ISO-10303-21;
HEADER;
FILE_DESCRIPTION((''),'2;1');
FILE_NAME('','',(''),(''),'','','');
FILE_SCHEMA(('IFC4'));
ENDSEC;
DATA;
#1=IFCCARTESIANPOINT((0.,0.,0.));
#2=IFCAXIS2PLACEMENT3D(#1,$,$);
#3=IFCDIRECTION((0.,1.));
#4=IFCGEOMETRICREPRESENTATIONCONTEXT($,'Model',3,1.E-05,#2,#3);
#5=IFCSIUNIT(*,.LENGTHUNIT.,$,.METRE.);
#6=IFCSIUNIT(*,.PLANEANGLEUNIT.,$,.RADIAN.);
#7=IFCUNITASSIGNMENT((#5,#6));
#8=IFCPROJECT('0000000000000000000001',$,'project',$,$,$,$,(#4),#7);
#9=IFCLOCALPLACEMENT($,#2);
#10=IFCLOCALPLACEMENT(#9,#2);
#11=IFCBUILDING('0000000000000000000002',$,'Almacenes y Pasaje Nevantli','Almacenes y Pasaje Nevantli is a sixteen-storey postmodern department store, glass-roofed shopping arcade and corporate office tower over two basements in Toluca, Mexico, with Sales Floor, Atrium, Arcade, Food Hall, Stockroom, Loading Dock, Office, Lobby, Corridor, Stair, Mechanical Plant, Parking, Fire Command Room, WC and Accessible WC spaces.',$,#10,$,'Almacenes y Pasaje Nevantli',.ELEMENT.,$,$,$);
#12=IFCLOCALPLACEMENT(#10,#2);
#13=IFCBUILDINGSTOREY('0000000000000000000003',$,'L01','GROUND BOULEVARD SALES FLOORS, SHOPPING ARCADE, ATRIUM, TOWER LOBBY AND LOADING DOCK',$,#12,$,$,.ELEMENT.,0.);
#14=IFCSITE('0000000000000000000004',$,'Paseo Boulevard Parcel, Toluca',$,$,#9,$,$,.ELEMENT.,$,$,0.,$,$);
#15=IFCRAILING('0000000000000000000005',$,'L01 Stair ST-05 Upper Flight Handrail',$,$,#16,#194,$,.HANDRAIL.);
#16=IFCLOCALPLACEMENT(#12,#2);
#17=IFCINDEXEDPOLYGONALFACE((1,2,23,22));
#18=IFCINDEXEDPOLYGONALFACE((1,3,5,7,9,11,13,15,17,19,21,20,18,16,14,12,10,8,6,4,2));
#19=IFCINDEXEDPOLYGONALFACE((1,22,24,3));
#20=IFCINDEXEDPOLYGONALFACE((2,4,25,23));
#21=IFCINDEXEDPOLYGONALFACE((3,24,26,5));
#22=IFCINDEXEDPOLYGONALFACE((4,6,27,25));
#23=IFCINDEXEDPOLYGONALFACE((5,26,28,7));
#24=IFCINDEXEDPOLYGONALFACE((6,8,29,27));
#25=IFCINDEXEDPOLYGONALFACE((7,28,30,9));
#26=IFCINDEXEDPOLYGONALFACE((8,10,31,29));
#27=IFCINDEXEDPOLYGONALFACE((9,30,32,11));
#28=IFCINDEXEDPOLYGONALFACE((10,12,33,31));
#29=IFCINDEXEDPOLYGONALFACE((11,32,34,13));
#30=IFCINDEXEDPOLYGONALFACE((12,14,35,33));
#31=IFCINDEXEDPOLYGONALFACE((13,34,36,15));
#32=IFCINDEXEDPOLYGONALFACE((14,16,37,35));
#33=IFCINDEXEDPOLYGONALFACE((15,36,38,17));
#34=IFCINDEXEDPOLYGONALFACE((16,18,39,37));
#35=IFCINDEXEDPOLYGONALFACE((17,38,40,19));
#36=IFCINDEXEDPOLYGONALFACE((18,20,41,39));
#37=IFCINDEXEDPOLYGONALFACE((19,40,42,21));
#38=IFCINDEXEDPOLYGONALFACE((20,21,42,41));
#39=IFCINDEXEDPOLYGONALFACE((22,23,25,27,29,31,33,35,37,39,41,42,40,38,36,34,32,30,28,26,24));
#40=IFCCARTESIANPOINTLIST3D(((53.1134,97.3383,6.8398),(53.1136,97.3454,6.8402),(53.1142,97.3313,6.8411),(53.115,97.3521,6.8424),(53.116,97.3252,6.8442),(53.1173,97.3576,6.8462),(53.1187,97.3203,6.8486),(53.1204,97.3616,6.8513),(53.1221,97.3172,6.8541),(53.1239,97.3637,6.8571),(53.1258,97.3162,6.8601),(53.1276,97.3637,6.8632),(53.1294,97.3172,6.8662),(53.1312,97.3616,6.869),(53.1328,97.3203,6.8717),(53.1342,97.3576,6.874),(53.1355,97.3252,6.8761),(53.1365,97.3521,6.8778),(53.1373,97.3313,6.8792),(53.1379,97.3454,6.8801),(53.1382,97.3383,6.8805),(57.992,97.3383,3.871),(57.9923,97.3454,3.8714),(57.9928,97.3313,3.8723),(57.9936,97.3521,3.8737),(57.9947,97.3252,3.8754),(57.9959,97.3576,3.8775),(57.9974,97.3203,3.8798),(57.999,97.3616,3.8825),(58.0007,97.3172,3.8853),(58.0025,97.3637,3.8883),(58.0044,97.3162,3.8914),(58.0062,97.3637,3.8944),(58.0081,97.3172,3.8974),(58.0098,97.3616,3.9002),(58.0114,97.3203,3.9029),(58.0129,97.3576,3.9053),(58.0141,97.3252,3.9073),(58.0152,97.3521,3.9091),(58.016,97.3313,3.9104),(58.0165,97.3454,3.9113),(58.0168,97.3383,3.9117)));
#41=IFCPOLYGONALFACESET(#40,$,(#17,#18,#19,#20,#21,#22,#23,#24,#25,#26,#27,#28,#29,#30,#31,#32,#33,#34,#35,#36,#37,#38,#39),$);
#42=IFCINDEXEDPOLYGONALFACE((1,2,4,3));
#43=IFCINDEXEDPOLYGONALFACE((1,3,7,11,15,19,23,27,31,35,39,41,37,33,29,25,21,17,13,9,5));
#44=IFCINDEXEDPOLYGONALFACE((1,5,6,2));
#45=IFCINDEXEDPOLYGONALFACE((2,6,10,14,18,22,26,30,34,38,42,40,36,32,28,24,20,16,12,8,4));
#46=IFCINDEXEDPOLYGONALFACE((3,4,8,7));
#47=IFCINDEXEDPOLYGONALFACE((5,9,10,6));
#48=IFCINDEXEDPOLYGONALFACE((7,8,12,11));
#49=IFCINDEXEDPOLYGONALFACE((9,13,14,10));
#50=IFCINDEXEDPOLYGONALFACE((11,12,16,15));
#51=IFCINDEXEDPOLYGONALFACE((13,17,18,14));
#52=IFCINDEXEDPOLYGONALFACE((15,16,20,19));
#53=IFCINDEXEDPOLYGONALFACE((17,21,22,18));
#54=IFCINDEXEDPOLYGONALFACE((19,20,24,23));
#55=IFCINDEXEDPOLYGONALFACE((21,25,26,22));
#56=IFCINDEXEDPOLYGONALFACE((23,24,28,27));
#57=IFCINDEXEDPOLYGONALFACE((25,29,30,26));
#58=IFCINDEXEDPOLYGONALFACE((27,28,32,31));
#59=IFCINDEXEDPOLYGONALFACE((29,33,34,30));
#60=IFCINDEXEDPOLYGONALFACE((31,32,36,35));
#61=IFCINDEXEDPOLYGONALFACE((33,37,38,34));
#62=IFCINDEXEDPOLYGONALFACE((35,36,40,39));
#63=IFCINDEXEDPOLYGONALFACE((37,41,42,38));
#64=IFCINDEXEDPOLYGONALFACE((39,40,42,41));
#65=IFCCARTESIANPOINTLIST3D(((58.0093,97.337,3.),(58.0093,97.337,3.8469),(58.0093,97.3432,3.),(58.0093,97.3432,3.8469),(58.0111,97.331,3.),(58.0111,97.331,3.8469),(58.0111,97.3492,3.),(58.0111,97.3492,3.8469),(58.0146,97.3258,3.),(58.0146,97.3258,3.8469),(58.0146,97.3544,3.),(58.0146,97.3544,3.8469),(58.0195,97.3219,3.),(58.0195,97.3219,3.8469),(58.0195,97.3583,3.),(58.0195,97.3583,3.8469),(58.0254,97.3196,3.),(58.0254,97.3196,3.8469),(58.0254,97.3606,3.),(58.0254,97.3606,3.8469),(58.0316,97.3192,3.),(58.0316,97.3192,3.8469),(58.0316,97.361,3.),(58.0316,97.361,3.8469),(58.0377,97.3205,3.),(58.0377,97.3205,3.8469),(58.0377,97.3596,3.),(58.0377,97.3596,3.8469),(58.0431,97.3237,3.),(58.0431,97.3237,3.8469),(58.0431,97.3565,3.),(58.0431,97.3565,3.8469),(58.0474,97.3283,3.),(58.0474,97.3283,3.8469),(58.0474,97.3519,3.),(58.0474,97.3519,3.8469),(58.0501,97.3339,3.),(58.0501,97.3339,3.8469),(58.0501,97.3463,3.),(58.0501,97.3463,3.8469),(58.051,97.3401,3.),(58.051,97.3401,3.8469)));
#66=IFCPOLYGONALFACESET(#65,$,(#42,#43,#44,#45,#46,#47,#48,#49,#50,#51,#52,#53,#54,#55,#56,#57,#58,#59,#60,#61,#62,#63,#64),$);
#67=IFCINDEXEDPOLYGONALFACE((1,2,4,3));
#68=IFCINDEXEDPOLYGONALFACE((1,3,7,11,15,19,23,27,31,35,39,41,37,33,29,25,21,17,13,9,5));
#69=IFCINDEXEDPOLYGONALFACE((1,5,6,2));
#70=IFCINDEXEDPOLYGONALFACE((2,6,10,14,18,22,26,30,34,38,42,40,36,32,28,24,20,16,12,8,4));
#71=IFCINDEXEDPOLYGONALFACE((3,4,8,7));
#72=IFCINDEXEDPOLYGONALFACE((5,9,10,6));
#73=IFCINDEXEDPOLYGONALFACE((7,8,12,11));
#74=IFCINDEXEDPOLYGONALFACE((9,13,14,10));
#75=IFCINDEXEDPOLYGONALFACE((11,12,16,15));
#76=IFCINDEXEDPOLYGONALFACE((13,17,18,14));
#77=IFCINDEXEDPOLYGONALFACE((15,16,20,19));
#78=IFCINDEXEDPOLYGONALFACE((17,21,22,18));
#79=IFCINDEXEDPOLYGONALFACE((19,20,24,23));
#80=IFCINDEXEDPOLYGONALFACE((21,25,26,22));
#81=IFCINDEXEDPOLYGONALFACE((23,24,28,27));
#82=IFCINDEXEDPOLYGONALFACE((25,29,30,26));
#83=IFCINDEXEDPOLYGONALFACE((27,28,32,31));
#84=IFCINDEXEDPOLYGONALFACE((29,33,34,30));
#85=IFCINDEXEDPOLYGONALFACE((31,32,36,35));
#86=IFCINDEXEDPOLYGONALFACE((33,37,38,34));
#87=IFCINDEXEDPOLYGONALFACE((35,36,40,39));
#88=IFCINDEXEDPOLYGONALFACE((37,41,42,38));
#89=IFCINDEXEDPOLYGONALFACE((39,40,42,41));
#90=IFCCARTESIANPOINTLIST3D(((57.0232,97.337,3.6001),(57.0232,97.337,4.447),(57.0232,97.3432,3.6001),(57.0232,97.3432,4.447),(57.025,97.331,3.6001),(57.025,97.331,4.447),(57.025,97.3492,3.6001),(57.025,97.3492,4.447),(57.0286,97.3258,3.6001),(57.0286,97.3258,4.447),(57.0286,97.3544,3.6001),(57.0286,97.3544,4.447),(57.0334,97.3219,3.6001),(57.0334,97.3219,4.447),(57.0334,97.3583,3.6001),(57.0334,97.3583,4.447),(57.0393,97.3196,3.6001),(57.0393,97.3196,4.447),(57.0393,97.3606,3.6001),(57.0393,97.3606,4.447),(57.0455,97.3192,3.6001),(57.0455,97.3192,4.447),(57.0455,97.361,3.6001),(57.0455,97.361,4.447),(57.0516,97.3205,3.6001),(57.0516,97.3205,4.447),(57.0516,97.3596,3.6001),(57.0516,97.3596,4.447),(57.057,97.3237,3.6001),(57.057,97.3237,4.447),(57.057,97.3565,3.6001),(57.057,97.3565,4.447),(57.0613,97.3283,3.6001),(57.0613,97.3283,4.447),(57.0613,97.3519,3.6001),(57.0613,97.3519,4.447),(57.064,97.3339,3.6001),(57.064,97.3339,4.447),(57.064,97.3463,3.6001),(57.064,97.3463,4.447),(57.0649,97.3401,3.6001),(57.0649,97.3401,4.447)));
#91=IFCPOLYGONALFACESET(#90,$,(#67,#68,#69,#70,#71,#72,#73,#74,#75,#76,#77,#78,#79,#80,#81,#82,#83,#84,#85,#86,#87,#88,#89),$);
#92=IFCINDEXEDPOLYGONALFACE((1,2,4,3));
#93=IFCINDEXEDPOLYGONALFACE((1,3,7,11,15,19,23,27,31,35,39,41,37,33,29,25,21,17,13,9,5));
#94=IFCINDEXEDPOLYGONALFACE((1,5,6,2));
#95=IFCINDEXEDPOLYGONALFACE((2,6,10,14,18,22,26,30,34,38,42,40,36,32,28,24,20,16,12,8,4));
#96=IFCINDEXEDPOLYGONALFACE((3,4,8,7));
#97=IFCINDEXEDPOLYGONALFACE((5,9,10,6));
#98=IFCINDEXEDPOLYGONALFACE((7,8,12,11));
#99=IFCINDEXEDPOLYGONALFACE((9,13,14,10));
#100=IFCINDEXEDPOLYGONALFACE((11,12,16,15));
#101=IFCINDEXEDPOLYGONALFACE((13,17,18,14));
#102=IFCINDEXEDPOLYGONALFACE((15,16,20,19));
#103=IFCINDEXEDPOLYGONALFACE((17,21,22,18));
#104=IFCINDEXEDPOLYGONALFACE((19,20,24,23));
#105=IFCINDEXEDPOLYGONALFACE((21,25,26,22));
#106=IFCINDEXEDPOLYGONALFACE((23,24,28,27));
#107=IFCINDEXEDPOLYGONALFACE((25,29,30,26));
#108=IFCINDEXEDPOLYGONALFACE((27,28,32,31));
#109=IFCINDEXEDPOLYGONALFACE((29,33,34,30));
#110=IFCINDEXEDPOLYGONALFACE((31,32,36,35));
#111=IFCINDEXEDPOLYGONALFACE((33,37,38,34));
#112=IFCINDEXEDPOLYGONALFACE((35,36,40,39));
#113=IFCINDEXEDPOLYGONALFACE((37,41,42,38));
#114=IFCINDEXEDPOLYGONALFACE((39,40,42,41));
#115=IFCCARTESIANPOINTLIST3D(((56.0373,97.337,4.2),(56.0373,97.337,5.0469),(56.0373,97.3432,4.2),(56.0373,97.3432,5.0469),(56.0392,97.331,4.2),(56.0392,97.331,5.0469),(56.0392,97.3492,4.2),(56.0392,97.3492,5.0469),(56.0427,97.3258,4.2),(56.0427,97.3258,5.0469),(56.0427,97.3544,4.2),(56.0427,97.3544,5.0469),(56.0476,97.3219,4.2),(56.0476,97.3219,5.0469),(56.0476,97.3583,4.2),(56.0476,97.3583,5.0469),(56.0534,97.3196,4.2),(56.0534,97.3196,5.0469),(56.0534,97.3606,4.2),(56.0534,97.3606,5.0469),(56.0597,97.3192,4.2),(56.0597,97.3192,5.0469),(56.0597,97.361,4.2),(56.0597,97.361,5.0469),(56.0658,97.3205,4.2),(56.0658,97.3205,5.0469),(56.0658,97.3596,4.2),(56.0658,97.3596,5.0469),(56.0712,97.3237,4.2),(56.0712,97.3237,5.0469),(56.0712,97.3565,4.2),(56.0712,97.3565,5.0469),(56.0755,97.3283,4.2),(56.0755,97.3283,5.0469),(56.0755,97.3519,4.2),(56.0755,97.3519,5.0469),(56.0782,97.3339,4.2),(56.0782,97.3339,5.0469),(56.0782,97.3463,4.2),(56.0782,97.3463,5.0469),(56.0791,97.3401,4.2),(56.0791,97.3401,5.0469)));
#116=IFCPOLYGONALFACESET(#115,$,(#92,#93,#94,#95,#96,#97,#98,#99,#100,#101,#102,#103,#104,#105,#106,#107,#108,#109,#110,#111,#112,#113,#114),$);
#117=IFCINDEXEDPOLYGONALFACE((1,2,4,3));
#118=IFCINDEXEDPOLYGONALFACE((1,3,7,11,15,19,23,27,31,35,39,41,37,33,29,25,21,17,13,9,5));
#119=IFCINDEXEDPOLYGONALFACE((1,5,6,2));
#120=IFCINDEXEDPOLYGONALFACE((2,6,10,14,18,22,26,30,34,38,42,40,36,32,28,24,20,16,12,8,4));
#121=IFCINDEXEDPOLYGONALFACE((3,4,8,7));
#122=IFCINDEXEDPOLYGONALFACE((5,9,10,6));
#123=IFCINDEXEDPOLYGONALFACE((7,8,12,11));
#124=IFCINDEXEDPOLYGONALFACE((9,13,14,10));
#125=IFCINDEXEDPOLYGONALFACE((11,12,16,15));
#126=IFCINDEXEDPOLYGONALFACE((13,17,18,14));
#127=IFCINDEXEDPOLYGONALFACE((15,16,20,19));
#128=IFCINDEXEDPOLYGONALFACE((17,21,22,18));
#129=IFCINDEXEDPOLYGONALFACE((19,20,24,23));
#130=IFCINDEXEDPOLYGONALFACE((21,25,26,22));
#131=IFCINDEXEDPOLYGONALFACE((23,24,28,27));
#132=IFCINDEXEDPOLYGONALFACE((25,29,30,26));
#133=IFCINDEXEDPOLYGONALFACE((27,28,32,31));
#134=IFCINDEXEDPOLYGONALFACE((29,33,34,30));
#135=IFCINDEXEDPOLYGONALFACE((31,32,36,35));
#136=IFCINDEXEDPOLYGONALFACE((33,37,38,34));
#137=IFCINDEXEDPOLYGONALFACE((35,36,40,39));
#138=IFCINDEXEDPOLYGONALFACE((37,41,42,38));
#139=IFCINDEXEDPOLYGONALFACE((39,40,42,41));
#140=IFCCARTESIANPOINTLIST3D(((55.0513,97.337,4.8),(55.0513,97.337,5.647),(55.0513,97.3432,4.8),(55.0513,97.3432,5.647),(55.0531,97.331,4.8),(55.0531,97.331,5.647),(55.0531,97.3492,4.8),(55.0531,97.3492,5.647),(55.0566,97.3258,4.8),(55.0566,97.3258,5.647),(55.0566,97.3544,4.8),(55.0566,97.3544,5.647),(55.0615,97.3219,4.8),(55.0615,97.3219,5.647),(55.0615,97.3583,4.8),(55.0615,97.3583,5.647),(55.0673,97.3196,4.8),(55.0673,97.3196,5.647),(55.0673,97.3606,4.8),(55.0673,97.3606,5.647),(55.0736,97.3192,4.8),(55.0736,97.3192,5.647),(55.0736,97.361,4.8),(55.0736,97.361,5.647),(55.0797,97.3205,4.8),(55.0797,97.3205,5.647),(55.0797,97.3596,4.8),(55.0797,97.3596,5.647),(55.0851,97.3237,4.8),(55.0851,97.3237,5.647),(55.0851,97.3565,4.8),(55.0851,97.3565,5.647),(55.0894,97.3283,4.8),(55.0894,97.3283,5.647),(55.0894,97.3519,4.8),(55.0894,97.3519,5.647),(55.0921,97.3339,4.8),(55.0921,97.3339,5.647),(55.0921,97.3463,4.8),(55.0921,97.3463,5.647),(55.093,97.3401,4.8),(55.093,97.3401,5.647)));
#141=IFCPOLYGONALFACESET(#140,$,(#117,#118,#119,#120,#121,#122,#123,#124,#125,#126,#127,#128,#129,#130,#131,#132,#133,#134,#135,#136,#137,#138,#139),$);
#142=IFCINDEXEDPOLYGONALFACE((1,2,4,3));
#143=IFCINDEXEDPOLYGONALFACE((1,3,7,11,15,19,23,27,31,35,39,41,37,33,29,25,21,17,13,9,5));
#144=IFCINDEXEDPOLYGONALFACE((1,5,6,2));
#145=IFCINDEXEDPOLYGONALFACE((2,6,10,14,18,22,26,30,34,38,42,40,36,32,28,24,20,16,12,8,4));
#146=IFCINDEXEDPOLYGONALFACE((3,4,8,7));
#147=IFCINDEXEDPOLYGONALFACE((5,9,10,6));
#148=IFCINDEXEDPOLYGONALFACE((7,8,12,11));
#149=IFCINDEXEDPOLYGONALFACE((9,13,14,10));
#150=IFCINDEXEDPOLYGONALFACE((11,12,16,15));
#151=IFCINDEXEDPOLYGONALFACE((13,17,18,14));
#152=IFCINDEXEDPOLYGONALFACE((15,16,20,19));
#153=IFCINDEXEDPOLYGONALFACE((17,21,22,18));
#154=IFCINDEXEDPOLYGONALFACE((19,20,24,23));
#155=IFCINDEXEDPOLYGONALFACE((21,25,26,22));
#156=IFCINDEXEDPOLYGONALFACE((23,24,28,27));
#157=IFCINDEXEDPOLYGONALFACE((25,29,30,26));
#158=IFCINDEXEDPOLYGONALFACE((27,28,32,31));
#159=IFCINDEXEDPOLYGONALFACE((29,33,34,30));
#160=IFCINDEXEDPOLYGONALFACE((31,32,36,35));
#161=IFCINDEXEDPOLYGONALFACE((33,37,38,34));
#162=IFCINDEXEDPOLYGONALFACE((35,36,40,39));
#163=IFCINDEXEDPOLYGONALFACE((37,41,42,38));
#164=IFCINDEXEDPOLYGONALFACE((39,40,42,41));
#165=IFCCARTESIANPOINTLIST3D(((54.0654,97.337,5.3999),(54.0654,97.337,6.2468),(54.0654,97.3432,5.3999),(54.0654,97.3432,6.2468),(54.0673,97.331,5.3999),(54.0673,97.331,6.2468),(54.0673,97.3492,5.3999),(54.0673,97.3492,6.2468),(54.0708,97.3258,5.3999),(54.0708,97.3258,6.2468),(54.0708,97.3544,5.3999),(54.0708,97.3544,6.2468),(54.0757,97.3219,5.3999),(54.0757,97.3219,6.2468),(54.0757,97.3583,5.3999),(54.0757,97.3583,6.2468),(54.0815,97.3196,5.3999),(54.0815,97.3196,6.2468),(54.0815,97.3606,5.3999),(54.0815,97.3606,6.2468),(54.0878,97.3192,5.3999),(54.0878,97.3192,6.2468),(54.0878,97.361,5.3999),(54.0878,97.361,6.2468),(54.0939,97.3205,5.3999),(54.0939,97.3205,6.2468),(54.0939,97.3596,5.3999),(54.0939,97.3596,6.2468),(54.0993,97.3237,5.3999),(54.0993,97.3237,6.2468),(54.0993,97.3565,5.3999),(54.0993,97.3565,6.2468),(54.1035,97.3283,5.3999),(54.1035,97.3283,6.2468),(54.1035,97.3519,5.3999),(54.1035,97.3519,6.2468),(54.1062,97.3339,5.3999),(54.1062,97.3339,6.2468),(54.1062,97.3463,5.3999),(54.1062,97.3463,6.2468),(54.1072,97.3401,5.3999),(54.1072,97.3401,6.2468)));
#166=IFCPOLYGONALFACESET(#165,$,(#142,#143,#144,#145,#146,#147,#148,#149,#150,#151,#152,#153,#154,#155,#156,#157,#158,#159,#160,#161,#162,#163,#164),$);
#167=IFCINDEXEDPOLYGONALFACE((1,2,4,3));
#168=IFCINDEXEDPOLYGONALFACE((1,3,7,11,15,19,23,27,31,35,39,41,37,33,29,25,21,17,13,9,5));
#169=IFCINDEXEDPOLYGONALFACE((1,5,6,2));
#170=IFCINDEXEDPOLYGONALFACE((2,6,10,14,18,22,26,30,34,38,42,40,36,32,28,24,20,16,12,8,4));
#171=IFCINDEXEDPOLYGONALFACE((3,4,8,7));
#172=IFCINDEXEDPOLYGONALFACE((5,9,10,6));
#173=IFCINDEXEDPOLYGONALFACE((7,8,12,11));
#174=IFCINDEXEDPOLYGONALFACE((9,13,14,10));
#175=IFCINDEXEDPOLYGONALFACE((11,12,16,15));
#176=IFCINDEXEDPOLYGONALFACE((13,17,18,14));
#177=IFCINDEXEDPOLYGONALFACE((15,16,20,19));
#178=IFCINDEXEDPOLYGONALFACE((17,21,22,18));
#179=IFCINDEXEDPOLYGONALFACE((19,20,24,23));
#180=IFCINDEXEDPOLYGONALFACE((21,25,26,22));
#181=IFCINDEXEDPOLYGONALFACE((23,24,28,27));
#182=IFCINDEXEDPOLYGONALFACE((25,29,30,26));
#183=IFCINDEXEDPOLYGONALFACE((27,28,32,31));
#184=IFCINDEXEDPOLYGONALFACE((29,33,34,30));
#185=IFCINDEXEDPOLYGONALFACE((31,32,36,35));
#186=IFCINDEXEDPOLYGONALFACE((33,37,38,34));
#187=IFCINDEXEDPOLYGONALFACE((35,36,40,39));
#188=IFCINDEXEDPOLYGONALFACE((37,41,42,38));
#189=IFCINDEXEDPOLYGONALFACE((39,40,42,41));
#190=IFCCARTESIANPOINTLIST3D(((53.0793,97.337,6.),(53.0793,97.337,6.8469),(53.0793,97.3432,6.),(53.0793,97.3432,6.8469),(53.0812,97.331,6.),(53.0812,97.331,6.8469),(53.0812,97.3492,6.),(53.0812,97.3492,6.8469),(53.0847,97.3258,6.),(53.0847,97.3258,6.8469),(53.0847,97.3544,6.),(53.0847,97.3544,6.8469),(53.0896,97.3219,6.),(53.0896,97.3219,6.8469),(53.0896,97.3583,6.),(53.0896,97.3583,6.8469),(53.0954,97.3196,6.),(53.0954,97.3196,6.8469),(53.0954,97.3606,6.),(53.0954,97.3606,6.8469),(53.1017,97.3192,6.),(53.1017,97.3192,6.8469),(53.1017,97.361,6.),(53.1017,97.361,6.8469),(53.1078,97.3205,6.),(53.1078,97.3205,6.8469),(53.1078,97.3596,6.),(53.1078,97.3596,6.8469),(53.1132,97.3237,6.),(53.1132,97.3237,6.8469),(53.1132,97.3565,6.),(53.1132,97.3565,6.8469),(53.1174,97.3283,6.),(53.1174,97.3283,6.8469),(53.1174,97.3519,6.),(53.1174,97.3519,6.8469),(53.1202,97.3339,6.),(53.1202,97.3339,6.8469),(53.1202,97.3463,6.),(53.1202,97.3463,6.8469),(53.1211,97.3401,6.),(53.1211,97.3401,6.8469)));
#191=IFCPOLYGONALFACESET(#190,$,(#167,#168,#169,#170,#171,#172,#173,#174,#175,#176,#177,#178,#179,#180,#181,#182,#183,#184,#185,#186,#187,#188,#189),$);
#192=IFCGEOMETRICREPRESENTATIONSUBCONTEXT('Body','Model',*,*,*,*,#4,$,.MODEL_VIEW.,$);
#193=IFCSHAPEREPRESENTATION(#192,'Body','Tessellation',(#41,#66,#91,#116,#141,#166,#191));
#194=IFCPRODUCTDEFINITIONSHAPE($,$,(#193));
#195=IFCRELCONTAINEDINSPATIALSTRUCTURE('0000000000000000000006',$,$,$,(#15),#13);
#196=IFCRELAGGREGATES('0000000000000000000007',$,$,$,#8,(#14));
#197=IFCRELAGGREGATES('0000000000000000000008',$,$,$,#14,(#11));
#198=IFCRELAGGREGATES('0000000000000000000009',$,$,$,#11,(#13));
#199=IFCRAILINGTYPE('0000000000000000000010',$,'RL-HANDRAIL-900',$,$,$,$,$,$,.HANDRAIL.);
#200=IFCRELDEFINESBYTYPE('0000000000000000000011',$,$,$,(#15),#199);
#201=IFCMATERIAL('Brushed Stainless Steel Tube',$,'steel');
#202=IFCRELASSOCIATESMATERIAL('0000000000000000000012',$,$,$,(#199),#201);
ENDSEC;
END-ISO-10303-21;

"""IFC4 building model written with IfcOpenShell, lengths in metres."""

from ifc_helpers import new_model, si_unit, direction, frame, origin, origin_2d, place, context, subcontext, project, spatial, circle, extrude, material, type_object, element, save


model = new_model("IFC4")

# Units and contexts
model_context = context("Model", 3, precision=1e-05, world=origin(), true_north=direction((0.0, 1.0)))
body_context = subcontext(model_context, "Body", "Model", "MODEL_VIEW")
ifc_project = project(units=[si_unit("LENGTHUNIT", "METRE"), si_unit("PLANEANGLEUNIT", "RADIAN")], contexts=[model_context])

# Site, building, storey
site_placement = place(None, origin())
site = spatial("IfcSite", under=ifc_project, at=site_placement, Name="Paseo Boulevard Parcel, Toluca", CompositionType="ELEMENT", RefElevation=0.0)
building_placement = place(site_placement, origin())
building = spatial("IfcBuilding", under=site, at=building_placement, Name="Almacenes y Pasaje Nevantli", Description="Almacenes y Pasaje Nevantli is a sixteen-storey postmodern department store, glass-roofed shopping arcade and corporate office tower over two basements in Toluca, Mexico, with Sales Floor, Atrium, Arcade, Food Hall, Stockroom, Loading Dock, Office, Lobby, Corridor, Stair, Mechanical Plant, Parking, Fire Command Room, WC and Accessible WC spaces.", LongName="Almacenes y Pasaje Nevantli", CompositionType="ELEMENT")
storey_placement = place(building_placement, origin())
storey = spatial("IfcBuildingStorey", under=building, at=storey_placement, Name="L01", Description="GROUND BOULEVARD SALES FLOORS, SHOPPING ARCADE, ATRIUM, TOWER LOBBY AND LOADING DOCK", CompositionType="ELEMENT", Elevation=0.0)

# Railing
ifc_material_1 = material(Name="Brushed Stainless Steel Tube", Category="steel")
railing_type_1 = type_object("IfcRailingType", Name="RL-HANDRAIL-900", PredefinedType="HANDRAIL", material=ifc_material_1)
railing_1_placement = place(storey_placement, frame((58.03, 97.3401, 3.0)))
element("IfcRailing", 1, at=railing_1_placement, inside=storey, type_object=railing_type_1, Name="L01 Stair ST-05 Upper Flight Handrail", PredefinedType="HANDRAIL", context=body_context, shape_type="SweptSolid", body=[
    extrude(circle(Radius=0.0239, at=origin_2d()), frame((-0.0256, 0.0, 0.8914), z_axis=(-0.854262, 0.0, 0.519842), x_axis=(0.0, -1.0, 0.0)), (0.0, 0.0, 1.0), 5.7109),
    extrude(circle(Radius=0.021, at=origin_2d()), origin(), (0.0, 0.0, 1.0), 0.8469),
    extrude(circle(Radius=0.021, at=origin_2d()), frame((-0.9861, 0.0, 0.6001)), (0.0, 0.0, 1.0), 0.8469),
    extrude(circle(Radius=0.021, at=origin_2d()), frame((-1.9719, 0.0, 1.2)), (0.0, 0.0, 1.0), 0.8469),
    extrude(circle(Radius=0.021, at=origin_2d()), frame((-2.958, 0.0, 1.8)), (0.0, 0.0, 1.0), 0.8469),
    extrude(circle(Radius=0.021, at=origin_2d()), frame((-3.9438, 0.0, 2.3999)), (0.0, 0.0, 1.0), 0.8469),
    extrude(circle(Radius=0.021, at=origin_2d()), frame((-4.9299, 0.0, 3.0)), (0.0, 0.0, 1.0), 0.8469),
])

save(model, "model.ifc")
